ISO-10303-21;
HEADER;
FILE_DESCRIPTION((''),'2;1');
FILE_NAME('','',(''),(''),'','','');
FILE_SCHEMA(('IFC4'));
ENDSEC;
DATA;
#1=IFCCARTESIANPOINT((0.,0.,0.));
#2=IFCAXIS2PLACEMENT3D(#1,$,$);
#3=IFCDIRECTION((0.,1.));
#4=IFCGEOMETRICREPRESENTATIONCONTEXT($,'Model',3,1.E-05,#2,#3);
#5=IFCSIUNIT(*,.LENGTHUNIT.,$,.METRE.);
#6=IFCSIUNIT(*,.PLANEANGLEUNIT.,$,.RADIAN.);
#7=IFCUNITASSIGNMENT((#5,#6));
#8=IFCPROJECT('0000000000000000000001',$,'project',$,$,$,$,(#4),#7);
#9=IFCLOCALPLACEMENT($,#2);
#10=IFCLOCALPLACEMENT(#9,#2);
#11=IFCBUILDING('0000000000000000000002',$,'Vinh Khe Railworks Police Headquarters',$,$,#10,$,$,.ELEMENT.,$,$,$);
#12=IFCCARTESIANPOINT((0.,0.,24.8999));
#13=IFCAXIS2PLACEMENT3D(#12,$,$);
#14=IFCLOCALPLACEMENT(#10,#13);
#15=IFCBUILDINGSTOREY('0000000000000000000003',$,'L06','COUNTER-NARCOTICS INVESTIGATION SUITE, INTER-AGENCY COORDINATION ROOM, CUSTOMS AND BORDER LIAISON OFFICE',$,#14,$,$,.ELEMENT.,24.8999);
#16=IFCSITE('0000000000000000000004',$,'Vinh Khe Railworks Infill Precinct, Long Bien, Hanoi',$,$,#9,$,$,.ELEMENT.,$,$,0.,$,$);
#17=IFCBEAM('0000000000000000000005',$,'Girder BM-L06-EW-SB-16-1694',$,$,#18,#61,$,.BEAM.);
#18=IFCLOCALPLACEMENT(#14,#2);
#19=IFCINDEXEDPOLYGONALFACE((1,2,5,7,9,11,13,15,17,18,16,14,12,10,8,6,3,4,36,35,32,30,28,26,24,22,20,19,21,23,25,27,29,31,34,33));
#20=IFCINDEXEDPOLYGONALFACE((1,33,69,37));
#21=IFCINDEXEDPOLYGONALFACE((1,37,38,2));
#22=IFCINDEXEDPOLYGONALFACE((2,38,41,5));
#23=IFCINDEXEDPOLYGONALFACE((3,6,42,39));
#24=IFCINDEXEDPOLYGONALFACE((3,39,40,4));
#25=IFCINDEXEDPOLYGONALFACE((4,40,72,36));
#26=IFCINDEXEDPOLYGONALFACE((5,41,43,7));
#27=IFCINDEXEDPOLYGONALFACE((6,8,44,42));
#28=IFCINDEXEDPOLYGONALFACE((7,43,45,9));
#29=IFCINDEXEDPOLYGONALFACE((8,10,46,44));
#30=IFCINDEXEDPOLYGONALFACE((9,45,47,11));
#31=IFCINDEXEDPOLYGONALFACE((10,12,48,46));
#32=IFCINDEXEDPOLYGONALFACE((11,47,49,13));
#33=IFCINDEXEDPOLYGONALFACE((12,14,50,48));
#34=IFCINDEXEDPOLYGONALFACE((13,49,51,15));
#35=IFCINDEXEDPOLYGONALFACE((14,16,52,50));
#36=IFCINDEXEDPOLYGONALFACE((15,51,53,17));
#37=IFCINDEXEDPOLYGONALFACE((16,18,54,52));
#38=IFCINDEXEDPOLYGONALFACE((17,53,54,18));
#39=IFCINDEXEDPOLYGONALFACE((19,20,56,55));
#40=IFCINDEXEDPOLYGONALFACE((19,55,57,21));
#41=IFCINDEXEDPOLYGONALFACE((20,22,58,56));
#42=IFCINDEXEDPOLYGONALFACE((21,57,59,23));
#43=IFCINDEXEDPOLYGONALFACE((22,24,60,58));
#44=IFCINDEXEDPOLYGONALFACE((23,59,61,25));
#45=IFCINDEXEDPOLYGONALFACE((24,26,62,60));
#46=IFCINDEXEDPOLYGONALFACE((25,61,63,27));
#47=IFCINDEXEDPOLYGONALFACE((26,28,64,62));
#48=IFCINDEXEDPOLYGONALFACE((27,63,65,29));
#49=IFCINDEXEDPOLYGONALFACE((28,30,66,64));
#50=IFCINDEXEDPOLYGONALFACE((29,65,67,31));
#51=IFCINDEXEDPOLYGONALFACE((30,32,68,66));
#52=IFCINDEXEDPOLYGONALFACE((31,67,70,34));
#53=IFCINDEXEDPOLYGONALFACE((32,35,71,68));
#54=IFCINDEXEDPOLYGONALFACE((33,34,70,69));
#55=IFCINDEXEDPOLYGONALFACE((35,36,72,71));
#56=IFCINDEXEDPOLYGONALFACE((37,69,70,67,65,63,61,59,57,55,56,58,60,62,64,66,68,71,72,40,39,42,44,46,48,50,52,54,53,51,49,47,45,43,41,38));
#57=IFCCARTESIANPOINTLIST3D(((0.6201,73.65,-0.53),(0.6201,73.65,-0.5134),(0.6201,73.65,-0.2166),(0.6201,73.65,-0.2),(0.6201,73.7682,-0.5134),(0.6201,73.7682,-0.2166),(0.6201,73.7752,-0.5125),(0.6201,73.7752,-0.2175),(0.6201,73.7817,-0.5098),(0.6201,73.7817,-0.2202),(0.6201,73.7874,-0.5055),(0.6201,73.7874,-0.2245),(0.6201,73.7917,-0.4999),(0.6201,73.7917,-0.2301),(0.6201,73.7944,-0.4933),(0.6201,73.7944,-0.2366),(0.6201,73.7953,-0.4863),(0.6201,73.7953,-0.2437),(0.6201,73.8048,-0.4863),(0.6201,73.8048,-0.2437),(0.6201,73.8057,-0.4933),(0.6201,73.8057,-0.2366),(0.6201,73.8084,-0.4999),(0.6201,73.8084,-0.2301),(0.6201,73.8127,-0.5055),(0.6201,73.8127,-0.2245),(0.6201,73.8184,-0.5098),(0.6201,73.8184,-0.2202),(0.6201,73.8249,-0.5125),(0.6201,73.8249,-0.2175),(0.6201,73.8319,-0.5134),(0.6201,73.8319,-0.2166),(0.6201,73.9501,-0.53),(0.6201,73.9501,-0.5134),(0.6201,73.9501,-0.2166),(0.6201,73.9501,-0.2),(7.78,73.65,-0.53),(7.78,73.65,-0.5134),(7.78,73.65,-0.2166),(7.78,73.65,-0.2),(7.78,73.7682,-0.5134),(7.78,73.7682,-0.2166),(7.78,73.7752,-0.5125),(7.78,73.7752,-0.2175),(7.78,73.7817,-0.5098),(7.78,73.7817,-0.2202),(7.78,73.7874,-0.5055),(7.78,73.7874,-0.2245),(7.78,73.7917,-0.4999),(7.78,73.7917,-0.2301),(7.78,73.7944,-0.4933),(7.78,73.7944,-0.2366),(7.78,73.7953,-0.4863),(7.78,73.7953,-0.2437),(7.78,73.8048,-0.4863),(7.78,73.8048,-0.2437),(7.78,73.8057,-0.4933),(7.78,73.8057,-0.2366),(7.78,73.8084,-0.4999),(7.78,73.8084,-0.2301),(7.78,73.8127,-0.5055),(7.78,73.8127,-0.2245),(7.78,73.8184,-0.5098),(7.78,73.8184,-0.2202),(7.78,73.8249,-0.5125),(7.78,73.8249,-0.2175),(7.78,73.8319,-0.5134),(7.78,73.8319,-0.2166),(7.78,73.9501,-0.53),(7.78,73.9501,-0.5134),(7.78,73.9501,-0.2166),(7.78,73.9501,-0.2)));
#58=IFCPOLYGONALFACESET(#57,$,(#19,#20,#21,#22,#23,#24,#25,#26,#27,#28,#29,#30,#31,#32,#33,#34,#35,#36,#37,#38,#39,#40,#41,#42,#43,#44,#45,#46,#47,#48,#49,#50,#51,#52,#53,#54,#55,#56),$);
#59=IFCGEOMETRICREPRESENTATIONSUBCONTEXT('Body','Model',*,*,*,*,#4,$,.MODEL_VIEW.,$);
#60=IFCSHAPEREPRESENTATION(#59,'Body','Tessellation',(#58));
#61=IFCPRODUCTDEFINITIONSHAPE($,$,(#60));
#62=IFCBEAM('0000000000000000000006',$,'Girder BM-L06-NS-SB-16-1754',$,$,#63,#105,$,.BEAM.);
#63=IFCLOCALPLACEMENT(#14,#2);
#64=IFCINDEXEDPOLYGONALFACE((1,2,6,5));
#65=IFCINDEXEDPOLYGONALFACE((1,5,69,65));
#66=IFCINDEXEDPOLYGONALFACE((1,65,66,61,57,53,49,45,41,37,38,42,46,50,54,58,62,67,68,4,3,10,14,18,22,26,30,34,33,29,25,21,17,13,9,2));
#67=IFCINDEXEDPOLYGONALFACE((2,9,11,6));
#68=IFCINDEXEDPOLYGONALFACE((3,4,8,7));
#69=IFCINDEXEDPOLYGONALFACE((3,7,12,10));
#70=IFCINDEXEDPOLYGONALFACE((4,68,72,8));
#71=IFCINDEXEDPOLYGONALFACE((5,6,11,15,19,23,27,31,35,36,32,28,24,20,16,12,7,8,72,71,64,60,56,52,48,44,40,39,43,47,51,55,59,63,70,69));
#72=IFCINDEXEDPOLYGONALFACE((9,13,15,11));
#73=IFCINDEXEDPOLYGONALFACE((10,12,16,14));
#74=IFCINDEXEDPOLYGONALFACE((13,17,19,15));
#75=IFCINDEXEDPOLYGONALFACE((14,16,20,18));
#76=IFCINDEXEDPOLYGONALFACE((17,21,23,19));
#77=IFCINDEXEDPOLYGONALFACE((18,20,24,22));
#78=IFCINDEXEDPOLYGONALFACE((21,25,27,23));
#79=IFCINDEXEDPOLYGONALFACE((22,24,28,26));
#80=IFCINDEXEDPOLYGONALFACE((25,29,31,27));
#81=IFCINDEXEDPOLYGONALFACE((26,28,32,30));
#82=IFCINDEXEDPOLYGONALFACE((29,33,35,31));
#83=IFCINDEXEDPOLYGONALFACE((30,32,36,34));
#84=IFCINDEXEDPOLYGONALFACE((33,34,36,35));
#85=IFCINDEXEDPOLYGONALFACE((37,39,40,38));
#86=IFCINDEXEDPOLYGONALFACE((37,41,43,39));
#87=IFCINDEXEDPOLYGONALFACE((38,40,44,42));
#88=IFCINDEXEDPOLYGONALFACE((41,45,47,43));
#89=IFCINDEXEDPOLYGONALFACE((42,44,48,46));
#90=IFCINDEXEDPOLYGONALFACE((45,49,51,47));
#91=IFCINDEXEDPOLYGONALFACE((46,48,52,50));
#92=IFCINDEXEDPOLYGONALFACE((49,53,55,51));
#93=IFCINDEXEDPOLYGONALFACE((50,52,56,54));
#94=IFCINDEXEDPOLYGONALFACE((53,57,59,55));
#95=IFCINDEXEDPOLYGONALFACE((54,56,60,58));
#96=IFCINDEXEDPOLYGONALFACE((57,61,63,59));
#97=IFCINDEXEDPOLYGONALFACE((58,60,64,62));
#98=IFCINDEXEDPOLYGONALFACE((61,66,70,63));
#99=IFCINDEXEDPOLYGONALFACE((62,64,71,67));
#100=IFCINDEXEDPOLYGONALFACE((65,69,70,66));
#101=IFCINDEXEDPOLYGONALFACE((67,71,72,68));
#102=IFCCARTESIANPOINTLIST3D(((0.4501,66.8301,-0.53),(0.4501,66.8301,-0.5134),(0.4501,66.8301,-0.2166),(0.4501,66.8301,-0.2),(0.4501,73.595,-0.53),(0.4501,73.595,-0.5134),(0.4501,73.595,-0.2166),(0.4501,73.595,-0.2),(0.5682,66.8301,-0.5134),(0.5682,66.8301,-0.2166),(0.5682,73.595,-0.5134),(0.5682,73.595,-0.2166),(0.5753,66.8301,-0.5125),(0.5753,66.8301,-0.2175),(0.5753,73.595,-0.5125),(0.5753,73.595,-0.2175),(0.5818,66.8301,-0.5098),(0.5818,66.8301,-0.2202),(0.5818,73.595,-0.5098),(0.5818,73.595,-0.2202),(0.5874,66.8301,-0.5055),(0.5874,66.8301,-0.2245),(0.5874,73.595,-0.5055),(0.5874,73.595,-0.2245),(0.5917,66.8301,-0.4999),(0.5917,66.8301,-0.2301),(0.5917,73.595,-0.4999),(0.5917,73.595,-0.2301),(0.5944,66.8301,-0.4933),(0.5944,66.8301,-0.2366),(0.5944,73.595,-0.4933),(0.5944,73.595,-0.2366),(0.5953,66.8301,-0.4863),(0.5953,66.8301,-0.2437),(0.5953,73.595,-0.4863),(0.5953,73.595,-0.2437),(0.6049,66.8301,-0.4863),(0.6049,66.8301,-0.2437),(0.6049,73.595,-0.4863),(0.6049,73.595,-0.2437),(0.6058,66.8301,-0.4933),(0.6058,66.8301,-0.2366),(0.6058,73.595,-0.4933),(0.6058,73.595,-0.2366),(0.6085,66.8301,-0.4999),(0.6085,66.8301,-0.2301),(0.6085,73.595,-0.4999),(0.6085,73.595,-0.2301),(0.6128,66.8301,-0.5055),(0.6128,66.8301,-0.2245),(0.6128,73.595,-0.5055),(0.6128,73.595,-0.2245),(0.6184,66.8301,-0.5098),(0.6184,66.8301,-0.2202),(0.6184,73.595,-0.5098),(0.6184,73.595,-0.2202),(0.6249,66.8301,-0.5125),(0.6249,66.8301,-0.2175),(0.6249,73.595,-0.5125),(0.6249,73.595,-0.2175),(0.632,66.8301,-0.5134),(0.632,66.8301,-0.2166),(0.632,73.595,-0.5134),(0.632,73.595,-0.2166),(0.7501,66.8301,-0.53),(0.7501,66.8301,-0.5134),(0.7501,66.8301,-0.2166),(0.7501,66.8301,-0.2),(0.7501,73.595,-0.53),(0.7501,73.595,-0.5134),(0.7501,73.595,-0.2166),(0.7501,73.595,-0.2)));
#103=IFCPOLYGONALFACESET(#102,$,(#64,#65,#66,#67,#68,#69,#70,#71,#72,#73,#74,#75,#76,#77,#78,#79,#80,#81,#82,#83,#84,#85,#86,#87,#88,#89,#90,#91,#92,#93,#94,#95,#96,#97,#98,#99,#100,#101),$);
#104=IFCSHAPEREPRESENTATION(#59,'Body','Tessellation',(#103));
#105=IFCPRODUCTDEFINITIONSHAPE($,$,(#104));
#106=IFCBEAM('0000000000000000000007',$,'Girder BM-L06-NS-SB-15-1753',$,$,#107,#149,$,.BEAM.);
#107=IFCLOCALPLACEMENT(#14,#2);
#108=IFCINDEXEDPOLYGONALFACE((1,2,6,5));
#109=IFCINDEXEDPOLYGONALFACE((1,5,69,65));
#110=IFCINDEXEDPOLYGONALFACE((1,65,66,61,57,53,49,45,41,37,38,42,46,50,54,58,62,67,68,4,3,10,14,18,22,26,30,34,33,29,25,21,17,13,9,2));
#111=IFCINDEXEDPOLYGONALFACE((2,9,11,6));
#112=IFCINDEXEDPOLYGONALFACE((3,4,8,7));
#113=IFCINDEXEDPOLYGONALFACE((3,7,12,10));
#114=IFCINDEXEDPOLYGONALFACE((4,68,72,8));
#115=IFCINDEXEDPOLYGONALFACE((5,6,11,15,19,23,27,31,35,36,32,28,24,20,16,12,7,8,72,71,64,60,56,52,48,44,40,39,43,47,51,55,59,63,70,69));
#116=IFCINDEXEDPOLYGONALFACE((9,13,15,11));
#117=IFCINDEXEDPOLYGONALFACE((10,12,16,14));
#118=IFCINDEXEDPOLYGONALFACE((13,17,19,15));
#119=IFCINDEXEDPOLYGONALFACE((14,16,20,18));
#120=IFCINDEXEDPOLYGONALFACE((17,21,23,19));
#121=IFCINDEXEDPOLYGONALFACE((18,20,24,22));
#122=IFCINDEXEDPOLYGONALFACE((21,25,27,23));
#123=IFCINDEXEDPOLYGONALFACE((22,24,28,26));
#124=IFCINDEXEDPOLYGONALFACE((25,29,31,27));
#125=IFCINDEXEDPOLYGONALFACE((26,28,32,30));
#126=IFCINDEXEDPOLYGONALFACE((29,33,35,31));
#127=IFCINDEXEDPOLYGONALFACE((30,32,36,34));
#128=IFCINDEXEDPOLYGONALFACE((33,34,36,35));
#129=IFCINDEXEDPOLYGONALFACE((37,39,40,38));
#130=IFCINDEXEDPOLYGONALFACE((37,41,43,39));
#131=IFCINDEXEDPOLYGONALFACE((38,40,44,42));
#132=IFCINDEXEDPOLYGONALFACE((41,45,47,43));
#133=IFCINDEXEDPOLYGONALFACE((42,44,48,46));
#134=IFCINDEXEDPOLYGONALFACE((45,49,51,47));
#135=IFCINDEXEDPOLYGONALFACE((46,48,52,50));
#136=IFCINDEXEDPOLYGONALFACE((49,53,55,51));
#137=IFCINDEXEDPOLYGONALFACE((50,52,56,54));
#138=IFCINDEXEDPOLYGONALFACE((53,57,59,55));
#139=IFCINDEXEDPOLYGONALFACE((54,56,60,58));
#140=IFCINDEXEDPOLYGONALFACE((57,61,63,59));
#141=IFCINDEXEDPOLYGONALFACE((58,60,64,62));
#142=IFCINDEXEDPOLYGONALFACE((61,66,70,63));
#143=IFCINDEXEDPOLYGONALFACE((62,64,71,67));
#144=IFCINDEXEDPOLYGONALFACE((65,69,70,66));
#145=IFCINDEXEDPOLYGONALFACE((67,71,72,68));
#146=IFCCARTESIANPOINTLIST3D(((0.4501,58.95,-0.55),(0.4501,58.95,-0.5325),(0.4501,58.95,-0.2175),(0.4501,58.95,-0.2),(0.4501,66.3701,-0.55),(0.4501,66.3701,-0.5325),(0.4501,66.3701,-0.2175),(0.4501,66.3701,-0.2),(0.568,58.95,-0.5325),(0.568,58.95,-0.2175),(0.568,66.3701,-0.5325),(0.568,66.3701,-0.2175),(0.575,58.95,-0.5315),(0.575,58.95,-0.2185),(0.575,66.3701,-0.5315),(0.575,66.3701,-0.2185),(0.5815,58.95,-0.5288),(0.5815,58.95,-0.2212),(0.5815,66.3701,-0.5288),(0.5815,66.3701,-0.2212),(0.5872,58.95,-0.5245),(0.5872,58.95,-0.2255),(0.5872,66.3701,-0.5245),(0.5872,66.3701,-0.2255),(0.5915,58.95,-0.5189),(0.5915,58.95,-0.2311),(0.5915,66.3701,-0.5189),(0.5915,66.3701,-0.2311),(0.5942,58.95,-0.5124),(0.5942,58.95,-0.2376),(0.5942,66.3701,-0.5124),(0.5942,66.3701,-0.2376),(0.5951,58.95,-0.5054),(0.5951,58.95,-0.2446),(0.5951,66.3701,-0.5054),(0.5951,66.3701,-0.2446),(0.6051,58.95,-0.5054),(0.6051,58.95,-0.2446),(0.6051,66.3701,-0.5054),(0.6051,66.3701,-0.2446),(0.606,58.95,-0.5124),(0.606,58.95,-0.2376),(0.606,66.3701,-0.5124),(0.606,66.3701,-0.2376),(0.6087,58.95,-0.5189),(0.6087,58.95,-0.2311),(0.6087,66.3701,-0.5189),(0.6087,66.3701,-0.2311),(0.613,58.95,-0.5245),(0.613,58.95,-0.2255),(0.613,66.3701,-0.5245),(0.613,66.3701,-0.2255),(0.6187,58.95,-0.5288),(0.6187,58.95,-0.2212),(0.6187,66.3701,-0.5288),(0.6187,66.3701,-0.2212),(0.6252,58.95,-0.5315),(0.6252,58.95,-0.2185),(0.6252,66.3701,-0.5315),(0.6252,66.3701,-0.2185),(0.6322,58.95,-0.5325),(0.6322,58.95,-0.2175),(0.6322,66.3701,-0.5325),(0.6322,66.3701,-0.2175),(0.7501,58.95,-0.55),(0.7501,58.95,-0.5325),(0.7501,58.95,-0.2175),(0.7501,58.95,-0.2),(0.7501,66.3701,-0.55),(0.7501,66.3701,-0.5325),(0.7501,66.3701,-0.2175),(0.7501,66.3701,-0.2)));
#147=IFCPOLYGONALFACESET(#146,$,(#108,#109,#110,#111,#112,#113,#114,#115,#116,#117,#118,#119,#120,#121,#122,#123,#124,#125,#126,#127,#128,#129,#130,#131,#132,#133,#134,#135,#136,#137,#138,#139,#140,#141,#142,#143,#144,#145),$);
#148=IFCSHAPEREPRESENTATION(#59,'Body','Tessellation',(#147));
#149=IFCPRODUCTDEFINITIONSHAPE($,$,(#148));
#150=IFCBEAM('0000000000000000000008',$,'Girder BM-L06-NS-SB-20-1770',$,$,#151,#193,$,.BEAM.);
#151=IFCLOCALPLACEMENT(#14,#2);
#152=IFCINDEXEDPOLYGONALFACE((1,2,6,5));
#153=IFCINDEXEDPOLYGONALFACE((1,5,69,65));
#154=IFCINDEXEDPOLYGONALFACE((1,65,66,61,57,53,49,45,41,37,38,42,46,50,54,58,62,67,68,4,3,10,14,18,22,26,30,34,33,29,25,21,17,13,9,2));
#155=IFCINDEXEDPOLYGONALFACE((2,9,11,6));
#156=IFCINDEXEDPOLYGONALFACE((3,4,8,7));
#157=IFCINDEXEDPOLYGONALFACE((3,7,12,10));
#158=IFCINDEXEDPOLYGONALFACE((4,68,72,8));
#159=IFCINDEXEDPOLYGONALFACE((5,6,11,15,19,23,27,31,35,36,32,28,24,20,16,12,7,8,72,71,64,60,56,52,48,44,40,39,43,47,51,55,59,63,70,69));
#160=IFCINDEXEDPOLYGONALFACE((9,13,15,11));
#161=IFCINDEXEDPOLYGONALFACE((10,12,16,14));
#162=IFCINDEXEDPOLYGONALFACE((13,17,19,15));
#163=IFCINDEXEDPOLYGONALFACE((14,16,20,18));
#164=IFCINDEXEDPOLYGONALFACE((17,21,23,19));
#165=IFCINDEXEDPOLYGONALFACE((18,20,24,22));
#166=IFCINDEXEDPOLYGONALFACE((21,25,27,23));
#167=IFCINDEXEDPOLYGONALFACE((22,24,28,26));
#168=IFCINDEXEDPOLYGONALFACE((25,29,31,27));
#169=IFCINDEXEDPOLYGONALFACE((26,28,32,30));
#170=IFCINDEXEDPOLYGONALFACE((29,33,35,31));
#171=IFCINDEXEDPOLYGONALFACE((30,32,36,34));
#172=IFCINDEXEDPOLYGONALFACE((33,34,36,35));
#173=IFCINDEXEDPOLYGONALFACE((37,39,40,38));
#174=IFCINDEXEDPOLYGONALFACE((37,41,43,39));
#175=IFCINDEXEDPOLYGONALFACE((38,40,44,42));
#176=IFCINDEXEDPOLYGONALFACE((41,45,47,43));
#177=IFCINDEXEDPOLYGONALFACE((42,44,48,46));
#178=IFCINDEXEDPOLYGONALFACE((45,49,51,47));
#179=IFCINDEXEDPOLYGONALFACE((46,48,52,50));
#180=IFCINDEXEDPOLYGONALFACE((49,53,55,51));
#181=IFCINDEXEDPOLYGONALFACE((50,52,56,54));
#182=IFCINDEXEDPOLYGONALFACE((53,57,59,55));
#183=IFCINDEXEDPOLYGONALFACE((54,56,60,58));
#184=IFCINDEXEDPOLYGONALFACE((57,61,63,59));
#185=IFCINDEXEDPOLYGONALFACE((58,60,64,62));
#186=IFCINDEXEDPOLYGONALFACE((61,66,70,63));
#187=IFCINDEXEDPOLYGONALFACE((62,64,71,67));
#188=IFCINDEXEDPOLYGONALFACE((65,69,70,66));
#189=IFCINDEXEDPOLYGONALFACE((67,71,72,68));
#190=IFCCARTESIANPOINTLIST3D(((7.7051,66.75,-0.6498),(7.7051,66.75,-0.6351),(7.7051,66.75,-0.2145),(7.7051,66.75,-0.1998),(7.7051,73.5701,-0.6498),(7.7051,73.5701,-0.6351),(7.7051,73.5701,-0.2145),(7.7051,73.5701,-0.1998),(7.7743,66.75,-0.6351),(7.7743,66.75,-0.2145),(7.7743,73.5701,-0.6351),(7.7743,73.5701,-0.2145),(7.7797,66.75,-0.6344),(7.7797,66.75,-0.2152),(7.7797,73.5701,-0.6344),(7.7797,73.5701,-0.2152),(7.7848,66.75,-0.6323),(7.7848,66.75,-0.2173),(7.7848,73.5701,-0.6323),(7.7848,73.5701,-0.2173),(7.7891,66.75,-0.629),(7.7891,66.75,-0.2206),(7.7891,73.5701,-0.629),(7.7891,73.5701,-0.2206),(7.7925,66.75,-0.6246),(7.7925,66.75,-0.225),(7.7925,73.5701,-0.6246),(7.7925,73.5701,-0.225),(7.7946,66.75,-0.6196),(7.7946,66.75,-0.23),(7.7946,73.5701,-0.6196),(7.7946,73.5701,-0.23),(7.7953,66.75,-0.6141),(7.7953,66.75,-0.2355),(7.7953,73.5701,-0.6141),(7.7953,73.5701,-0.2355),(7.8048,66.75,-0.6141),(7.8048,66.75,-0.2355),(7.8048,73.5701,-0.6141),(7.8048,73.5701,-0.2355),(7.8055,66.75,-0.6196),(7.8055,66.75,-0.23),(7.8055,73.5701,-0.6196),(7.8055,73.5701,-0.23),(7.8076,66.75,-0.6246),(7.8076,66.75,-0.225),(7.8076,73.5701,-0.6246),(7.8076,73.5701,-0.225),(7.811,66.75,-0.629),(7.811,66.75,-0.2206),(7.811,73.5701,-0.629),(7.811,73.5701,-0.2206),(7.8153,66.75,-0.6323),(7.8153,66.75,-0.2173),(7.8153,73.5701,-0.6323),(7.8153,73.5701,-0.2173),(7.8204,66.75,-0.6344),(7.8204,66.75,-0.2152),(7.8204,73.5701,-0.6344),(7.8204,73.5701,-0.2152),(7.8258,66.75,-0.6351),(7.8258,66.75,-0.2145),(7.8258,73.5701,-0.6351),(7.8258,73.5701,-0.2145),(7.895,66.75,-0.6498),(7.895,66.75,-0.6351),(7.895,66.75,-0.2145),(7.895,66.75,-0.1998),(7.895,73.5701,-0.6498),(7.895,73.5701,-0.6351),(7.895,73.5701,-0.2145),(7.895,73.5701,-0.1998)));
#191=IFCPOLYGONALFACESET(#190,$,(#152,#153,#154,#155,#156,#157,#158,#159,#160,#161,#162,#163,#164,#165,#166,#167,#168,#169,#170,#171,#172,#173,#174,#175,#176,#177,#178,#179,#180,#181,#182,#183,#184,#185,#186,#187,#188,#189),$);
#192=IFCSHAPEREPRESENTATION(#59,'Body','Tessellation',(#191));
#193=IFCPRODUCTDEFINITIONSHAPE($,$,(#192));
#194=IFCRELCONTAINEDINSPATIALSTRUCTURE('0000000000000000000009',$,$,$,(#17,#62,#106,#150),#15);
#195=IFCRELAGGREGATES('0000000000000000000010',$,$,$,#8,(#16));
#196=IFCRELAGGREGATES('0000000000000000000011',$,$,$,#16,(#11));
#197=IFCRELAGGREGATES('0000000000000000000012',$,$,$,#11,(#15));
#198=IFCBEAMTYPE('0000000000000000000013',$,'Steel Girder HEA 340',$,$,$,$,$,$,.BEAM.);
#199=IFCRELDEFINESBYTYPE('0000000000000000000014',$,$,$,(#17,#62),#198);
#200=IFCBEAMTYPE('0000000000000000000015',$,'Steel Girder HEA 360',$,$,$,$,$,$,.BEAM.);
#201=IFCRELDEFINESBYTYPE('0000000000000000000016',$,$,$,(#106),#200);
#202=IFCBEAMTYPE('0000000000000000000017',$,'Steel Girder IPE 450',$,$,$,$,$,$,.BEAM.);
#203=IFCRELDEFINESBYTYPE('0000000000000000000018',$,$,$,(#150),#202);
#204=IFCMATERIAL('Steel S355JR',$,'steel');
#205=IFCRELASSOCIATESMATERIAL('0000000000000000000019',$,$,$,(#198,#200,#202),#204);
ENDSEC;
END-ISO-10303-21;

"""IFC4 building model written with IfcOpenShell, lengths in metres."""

from ifc_helpers import new_model, si_unit, direction, frame, origin, origin_2d, place, context, subcontext, project, spatial, i_section, extrude, material, material_profile, profile_set, type_object, element, save


model = new_model("IFC4")

# Units and contexts
model_context = context("Model", 3, precision=1e-05, world=origin(), true_north=direction((0.0, 1.0)))
body_context = subcontext(model_context, "Body", "Model", "MODEL_VIEW")
ifc_project = project(units=[si_unit("LENGTHUNIT", "METRE"), si_unit("PLANEANGLEUNIT", "RADIAN")], contexts=[model_context])

# Site, building, storey
site_placement = place(None, origin())
site = spatial("IfcSite", under=ifc_project, at=site_placement, Name="Vinh Khe Railworks Infill Precinct, Long Bien, Hanoi", CompositionType="ELEMENT", RefElevation=0.0)
building_placement = place(site_placement, origin())
building = spatial("IfcBuilding", under=site, at=building_placement, Name="Vinh Khe Railworks Police Headquarters", CompositionType="ELEMENT")
storey_placement = place(building_placement, frame((0.0, 0.0, 24.8999)))
storey = spatial("IfcBuildingStorey", under=building, at=storey_placement, Name="L06", Description="COUNTER-NARCOTICS INVESTIGATION SUITE, INTER-AGENCY COORDINATION ROOM, CUSTOMS AND BORDER LIAISON OFFICE", CompositionType="ELEMENT", Elevation=24.8999)

# Shared definitions
ifc_material_1 = material(Name="Steel S355JR", Category="steel")

# Beams
ifc_material_profile_1 = material_profile(ifc_material_1, i_section(OverallWidth=0.3, OverallDepth=0.3301, WebThickness=0.0095, FlangeThickness=0.0166, FilletRadius=0.0271, at=origin_2d()), Name="HEA 340")
ifc_profile_set_1 = profile_set([ifc_material_profile_1], Name="Steel S355JR")
beam_type_1 = type_object("IfcBeamType", Name="Steel Girder HEA 340", PredefinedType="BEAM", material=ifc_profile_set_1)
beam_1_placement = place(storey_placement, frame((0.6201, 73.8, -0.365), z_axis=(1.0, 0.0, 0.0), x_axis=(0.0, 1.0, 0.0)))
element("IfcBeam", 1, at=beam_1_placement, inside=storey, type_object=beam_type_1, Name="Girder BM-L06-EW-SB-16-1694", PredefinedType="BEAM", context=body_context, shape_type="SweptSolid", body=[
    extrude(i_section(OverallWidth=0.3, OverallDepth=0.3301, WebThickness=0.0095, FlangeThickness=0.0166, FilletRadius=0.0271, at=origin_2d()), origin(), (0.0, 0.0, 1.0), 7.1599),
])
beam_2_placement = place(storey_placement, frame((0.6001, 66.8301, -0.365), z_axis=(0.0, 1.0, 0.0), x_axis=(-1.0, 0.0, 0.0)))
element("IfcBeam", 2, at=beam_2_placement, inside=storey, type_object=beam_type_1, Name="Girder BM-L06-NS-SB-16-1754", PredefinedType="BEAM", context=body_context, shape_type="SweptSolid", body=[
    extrude(i_section(OverallWidth=0.3, OverallDepth=0.3301, WebThickness=0.0095, FlangeThickness=0.0166, FilletRadius=0.0271, at=origin_2d()), origin(), (0.0, 0.0, 1.0), 6.7649),
])
ifc_material_profile_2 = material_profile(ifc_material_1, i_section(OverallWidth=0.3, OverallDepth=0.3501, WebThickness=0.01, FlangeThickness=0.0176, FilletRadius=0.0271, at=origin_2d()), Name="HEA 360")
ifc_profile_set_2 = profile_set([ifc_material_profile_2], Name="Steel S355JR")
beam_type_2 = type_object("IfcBeamType", Name="Steel Girder HEA 360", PredefinedType="BEAM", material=ifc_profile_set_2)
beam_3_placement = place(storey_placement, frame((0.6001, 58.95, -0.375), z_axis=(0.0, 1.0, 0.0), x_axis=(-1.0, 0.0, 0.0)))
element("IfcBeam", 3, at=beam_3_placement, inside=storey, type_object=beam_type_2, Name="Girder BM-L06-NS-SB-15-1753", PredefinedType="BEAM", context=body_context, shape_type="SweptSolid", body=[
    extrude(i_section(OverallWidth=0.3, OverallDepth=0.3501, WebThickness=0.01, FlangeThickness=0.0176, FilletRadius=0.0271, at=origin_2d()), origin(), (0.0, 0.0, 1.0), 7.4202),
])
ifc_material_profile_3 = material_profile(ifc_material_1, i_section(OverallWidth=0.1899, OverallDepth=0.45, WebThickness=0.0095, FlangeThickness=0.0146, FilletRadius=0.021, at=origin_2d()), Name="IPE 450")
ifc_profile_set_3 = profile_set([ifc_material_profile_3], Name="Steel S355JR")
beam_type_3 = type_object("IfcBeamType", Name="Steel Girder IPE 450", PredefinedType="BEAM", material=ifc_profile_set_3)
beam_4_placement = place(storey_placement, frame((7.8, 66.75, -0.4248), z_axis=(0.0, 1.0, 0.0), x_axis=(-1.0, 0.0, 0.0)))
element("IfcBeam", 4, at=beam_4_placement, inside=storey, type_object=beam_type_3, Name="Girder BM-L06-NS-SB-20-1770", PredefinedType="BEAM", context=body_context, shape_type="SweptSolid", body=[
    extrude(i_section(OverallWidth=0.1899, OverallDepth=0.45, WebThickness=0.0095, FlangeThickness=0.0146, FilletRadius=0.021, at=origin_2d()), origin(), (0.0, 0.0, 1.0), 6.8201),
])

save(model, "model.ifc")
